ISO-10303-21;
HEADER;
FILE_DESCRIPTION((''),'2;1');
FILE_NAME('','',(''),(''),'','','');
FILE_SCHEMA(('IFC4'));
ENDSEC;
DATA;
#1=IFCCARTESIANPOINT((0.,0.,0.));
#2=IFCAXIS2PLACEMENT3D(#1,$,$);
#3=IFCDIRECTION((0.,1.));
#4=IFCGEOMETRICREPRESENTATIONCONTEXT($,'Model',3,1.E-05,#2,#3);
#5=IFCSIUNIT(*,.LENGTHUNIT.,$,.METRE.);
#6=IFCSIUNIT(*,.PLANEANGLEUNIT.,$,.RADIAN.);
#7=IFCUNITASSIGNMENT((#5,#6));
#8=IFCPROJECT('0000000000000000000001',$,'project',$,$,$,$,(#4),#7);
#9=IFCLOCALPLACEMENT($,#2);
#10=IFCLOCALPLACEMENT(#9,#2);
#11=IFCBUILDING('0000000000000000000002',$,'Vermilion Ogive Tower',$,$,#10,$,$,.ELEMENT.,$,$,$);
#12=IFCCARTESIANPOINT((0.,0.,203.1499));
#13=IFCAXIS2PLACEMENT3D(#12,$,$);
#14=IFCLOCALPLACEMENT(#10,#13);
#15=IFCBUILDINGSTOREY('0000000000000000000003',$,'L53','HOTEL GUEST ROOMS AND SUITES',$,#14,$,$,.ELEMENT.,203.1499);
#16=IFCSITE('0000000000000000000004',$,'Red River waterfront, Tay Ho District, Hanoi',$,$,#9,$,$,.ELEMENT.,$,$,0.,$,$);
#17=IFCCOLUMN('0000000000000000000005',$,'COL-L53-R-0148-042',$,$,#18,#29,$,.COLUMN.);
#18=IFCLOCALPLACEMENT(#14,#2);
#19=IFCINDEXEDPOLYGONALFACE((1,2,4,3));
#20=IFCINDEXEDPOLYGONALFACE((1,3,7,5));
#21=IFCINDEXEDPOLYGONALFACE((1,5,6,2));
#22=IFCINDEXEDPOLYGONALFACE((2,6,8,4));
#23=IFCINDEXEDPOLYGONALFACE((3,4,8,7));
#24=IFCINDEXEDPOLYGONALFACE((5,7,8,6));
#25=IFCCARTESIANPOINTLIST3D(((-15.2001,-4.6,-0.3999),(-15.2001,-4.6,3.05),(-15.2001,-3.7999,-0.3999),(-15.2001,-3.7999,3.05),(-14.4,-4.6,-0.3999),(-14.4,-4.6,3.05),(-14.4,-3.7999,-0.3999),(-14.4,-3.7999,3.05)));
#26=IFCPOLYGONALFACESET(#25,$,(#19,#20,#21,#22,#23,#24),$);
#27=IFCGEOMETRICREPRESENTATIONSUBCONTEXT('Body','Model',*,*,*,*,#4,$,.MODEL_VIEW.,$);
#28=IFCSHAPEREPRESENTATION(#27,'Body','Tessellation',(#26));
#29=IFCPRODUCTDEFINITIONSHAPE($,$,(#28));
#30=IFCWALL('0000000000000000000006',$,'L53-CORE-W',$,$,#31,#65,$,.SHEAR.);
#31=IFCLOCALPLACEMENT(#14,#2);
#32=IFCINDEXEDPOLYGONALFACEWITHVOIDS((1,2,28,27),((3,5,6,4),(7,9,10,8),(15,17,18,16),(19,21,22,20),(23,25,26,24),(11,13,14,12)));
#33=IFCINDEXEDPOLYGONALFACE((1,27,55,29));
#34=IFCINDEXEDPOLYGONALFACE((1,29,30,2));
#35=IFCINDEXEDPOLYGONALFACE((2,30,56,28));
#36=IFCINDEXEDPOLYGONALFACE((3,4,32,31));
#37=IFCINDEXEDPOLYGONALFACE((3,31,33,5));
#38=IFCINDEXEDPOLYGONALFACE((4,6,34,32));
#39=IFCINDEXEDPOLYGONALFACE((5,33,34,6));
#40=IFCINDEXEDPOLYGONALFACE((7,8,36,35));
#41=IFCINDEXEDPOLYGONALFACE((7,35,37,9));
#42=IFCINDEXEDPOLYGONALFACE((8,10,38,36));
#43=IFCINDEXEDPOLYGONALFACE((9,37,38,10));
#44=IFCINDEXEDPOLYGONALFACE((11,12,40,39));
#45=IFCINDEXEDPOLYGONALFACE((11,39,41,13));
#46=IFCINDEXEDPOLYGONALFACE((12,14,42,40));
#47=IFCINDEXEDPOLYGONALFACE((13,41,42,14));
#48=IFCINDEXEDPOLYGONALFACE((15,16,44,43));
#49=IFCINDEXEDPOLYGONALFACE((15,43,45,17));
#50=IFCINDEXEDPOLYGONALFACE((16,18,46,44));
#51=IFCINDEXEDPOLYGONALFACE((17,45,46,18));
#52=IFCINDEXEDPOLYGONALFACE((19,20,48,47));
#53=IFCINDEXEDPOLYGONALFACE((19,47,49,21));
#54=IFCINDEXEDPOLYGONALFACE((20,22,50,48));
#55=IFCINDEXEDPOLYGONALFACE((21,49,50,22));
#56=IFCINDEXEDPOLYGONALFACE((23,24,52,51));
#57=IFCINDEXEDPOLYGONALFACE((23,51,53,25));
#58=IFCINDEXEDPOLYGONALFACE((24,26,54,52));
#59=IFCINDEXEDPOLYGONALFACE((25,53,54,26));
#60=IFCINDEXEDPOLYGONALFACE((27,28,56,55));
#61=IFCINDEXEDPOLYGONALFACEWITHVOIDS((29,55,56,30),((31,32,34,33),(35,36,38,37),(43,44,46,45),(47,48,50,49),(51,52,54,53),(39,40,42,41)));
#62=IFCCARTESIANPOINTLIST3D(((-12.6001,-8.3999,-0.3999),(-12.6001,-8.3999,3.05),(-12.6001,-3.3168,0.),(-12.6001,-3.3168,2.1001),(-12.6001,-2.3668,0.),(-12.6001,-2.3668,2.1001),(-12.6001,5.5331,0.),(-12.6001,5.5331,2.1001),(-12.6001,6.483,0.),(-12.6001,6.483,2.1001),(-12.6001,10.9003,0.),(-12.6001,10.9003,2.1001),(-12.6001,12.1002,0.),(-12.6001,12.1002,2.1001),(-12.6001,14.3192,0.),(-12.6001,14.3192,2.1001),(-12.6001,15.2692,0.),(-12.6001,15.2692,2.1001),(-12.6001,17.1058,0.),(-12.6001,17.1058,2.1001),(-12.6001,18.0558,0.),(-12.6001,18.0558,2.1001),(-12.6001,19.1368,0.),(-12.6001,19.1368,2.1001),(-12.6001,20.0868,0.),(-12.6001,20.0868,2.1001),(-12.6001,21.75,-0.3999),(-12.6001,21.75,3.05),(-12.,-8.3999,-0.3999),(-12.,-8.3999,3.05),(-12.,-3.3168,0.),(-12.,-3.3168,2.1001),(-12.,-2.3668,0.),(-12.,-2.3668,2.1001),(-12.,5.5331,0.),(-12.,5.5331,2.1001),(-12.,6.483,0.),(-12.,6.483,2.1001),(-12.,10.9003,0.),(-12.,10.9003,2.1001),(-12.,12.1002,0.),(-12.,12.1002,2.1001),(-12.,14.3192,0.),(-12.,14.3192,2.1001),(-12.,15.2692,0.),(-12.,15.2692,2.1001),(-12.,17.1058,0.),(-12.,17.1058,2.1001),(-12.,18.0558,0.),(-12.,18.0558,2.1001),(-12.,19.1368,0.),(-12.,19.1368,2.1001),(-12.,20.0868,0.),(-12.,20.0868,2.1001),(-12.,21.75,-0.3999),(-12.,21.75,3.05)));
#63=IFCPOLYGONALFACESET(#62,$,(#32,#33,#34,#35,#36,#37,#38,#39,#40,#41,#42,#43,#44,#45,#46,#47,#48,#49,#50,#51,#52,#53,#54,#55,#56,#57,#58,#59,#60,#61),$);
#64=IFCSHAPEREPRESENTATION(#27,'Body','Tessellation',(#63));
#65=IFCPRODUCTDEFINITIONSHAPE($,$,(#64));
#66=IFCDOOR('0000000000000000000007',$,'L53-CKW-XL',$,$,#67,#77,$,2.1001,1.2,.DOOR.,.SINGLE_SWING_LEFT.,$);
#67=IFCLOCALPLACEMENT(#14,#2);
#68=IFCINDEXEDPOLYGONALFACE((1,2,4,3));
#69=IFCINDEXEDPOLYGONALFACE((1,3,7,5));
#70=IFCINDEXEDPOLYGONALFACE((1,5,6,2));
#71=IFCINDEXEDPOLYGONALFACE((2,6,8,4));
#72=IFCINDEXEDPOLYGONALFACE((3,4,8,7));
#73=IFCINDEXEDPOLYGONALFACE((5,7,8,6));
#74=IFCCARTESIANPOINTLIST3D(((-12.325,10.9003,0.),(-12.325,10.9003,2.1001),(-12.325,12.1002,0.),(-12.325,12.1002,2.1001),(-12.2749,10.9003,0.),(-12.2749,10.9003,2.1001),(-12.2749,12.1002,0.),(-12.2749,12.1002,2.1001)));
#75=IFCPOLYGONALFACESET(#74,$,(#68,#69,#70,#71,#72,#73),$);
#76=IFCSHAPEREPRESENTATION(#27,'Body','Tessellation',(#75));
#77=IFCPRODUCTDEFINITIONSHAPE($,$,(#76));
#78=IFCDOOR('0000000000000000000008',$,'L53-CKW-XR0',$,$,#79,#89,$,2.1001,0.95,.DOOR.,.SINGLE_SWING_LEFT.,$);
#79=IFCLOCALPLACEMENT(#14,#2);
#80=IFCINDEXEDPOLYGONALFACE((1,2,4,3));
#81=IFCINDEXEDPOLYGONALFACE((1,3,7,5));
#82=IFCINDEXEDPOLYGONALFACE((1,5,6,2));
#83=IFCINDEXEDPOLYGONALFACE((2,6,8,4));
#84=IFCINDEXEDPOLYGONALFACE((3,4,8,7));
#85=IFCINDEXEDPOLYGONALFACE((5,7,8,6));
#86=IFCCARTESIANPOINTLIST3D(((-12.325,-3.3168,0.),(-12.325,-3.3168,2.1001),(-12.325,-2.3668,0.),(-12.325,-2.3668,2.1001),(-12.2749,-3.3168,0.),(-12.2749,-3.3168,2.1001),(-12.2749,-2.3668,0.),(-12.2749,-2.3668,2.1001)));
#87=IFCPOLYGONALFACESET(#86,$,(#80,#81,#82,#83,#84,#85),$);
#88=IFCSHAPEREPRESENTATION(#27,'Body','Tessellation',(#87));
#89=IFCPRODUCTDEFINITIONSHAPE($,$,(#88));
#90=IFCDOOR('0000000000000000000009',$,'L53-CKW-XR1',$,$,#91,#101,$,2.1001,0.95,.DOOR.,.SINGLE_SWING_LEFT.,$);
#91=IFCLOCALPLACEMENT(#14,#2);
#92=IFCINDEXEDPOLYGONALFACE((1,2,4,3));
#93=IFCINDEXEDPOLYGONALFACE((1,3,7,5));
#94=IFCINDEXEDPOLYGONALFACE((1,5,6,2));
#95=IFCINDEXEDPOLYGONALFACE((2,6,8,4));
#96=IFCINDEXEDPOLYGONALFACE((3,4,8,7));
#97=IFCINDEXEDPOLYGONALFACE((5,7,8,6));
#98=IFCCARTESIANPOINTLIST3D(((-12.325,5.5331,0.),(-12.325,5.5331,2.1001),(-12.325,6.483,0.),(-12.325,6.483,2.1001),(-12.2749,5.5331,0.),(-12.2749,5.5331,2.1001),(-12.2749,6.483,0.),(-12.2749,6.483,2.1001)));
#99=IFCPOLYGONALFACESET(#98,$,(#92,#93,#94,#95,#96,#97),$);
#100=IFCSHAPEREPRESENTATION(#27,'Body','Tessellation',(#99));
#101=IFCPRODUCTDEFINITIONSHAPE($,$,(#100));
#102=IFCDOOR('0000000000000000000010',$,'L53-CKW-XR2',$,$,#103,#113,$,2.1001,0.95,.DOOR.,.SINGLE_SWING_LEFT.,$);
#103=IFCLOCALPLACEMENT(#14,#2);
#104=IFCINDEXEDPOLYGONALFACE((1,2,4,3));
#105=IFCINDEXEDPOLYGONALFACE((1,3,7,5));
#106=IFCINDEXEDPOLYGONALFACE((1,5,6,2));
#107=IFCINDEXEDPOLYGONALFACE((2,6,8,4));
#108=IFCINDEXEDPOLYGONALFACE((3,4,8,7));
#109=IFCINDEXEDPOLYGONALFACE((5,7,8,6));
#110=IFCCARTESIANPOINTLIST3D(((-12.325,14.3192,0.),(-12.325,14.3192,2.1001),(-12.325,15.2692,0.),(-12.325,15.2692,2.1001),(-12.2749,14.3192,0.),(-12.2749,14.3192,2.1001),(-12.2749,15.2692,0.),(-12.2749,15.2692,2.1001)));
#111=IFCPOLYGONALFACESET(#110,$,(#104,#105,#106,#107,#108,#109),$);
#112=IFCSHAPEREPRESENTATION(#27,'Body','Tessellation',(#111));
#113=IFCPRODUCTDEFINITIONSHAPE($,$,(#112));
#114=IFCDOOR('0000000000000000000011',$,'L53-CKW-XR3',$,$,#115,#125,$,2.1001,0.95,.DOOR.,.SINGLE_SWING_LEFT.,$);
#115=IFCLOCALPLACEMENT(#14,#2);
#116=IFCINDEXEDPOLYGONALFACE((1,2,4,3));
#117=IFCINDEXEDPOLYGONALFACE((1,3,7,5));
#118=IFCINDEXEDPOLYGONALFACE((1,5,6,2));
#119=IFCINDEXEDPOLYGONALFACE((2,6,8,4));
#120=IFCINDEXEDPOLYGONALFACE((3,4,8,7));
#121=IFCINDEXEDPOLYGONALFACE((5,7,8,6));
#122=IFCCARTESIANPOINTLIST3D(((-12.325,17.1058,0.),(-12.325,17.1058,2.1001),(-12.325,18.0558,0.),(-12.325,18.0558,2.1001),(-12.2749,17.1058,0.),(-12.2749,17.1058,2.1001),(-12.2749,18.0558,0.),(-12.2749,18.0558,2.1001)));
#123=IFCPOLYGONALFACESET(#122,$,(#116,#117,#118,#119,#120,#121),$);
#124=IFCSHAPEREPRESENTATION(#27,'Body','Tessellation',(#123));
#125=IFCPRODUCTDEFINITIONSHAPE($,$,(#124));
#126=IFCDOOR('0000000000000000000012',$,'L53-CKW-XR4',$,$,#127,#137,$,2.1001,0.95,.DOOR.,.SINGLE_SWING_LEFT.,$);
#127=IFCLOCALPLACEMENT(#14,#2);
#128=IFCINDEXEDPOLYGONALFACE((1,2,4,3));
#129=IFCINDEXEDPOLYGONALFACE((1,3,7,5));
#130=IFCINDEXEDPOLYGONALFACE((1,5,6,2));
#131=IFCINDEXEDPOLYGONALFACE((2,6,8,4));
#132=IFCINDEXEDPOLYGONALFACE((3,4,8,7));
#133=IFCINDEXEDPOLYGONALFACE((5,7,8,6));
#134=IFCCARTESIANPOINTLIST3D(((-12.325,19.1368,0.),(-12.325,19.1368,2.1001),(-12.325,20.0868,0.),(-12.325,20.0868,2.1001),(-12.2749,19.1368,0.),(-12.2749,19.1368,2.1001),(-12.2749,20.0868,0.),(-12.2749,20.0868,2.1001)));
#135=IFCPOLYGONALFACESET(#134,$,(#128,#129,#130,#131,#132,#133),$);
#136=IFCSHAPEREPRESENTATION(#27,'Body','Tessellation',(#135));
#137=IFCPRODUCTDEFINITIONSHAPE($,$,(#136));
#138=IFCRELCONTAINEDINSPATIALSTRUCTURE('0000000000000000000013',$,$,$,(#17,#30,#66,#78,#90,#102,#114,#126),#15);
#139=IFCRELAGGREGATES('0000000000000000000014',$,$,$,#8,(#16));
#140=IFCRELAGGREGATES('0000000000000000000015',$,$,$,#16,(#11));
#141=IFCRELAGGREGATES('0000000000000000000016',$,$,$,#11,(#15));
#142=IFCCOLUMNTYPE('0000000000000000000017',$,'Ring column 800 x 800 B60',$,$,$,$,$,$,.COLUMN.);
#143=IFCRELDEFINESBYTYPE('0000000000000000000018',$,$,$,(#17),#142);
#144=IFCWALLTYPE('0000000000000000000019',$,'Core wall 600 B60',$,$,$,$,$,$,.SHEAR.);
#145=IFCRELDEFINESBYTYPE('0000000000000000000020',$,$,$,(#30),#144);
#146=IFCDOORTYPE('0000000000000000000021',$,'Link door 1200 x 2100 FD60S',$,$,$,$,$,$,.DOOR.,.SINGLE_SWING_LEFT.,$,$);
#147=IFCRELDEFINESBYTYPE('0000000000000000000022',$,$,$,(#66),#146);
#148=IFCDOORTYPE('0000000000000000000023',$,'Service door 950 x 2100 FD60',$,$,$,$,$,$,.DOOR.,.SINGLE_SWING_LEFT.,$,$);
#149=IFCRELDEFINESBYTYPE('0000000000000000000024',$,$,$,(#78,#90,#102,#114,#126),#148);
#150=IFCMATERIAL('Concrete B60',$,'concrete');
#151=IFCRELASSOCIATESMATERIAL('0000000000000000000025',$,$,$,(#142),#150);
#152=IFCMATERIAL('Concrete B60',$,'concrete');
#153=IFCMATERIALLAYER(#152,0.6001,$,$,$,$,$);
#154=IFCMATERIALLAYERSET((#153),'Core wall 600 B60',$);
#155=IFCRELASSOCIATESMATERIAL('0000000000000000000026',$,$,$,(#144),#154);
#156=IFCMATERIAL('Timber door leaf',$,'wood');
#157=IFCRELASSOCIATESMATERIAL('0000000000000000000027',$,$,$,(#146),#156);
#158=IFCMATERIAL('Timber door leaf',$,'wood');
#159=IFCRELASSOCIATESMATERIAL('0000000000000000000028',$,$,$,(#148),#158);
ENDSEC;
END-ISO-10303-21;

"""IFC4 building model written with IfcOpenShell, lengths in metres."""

from ifc_helpers import new_model, si_unit, direction, frame, frame_2d, origin, origin_2d, place, context, subcontext, project, spatial, rectangle, extrude, material, layer, layer_set, material_profile, profile_set, type_object, element, fill, save


model = new_model("IFC4")

# Units and contexts
model_context = context("Model", 3, precision=1e-05, world=origin(), true_north=direction((0.0, 1.0)))
body_context = subcontext(model_context, "Body", "Model", "MODEL_VIEW")
ifc_project = project(units=[si_unit("LENGTHUNIT", "METRE"), si_unit("PLANEANGLEUNIT", "RADIAN")], contexts=[model_context])

# Site, building, storey
site_placement = place(None, origin())
site = spatial("IfcSite", under=ifc_project, at=site_placement, Name="Red River waterfront, Tay Ho District, Hanoi", CompositionType="ELEMENT", RefElevation=0.0)
building_placement = place(site_placement, origin())
building = spatial("IfcBuilding", under=site, at=building_placement, Name="Vermilion Ogive Tower", CompositionType="ELEMENT")
storey_placement = place(building_placement, frame((0.0, 0.0, 203.1499)))
storey = spatial("IfcBuildingStorey", under=building, at=storey_placement, Name="L53", Description="HOTEL GUEST ROOMS AND SUITES", CompositionType="ELEMENT", Elevation=203.1499)

# Column
ifc_material_1 = material(Name="Concrete B60", Category="concrete")
ifc_material_profile = material_profile(ifc_material_1, rectangle(XDim=0.8, YDim=0.8, at=origin_2d()), Name="800 x 800")
ifc_profile_set = profile_set([ifc_material_profile], Name="Concrete B60")
column_type = type_object("IfcColumnType", Name="Ring column 800 x 800 B60", PredefinedType="COLUMN", material=ifc_profile_set)
column_placement = place(storey_placement, frame((-14.8, -4.2, -0.3999), z_axis=(0.0, 0.0, 1.0), x_axis=(1.0, 0.0, 0.0)))
element("IfcColumn", 1, at=column_placement, inside=storey, type_object=column_type, Name="COL-L53-R-0148-042", PredefinedType="COLUMN", context=body_context, shape_type="SweptSolid", body=[
    extrude(rectangle(XDim=0.8, YDim=0.8, at=origin_2d()), origin(), (0.0, 0.0, 1.0), 3.45),
])

# Wall, openings, doors
ifc_material_2 = material(Name="Concrete B60", Category="concrete")
ifc_layer_1 = layer(ifc_material_2, 0.6001)
ifc_layer_set_1 = layer_set([ifc_layer_1], Name="Core wall 600 B60")
wall_type_1 = type_object("IfcWallType", Name="Core wall 600 B60", PredefinedType="SHEAR", material=ifc_layer_set_1)
wall_1_placement = place(storey_placement, frame((-12.3, -8.3999, -0.3999), z_axis=(0.0, 0.0, 1.0), x_axis=(0.0, 1.0, 0.0)))
wall_1 = element("IfcWall", 2, at=wall_1_placement, inside=storey, type_object=wall_type_1, Name="L53-CORE-W", PredefinedType="SHEAR", context=body_context, shape_type="SweptSolid", body=[
    extrude(rectangle(XDim=30.1499, YDim=0.6001, at=frame_2d((15.075, 0.0))), origin(), (0.0, 0.0, 1.0), 3.45),
])
opening_1_placement = place(wall_1_placement, frame((5.083, 0.0, 0.3999)))
opening_1 = element("IfcOpeningElement", 3, at=opening_1_placement, cuts=wall_1, PredefinedType="OPENING", context=body_context, shape_type="SweptSolid", body=[
    extrude(rectangle(XDim=0.95, YDim=2.1001, at=frame_2d((0.4751, 1.05))), frame((0.0, 0.3101, 0.0), z_axis=(0.0, -1.0, 0.0), x_axis=(1.0, 0.0, 0.0)), (0.0, 0.0, 1.0), 0.6201),
])
opening_2_placement = place(wall_1_placement, frame((13.9329, 0.0, 0.3999)))
opening_2 = element("IfcOpeningElement", 4, at=opening_2_placement, cuts=wall_1, PredefinedType="OPENING", context=body_context, shape_type="SweptSolid", body=[
    extrude(rectangle(XDim=0.95, YDim=2.1001, at=frame_2d((0.4751, 1.05))), frame((0.0, 0.3101, 0.0), z_axis=(0.0, -1.0, 0.0), x_axis=(1.0, 0.0, 0.0)), (0.0, 0.0, 1.0), 0.6201),
])
opening_3_placement = place(wall_1_placement, frame((22.719, 0.0, 0.3999)))
opening_3 = element("IfcOpeningElement", 5, at=opening_3_placement, cuts=wall_1, PredefinedType="OPENING", context=body_context, shape_type="SweptSolid", body=[
    extrude(rectangle(XDim=0.95, YDim=2.1001, at=frame_2d((0.4751, 1.05))), frame((0.0, 0.3101, 0.0), z_axis=(0.0, -1.0, 0.0), x_axis=(1.0, 0.0, 0.0)), (0.0, 0.0, 1.0), 0.6201),
])
opening_4_placement = place(wall_1_placement, frame((25.5056, 0.0, 0.3999)))
opening_4 = element("IfcOpeningElement", 6, at=opening_4_placement, cuts=wall_1, PredefinedType="OPENING", context=body_context, shape_type="SweptSolid", body=[
    extrude(rectangle(XDim=0.95, YDim=2.1001, at=frame_2d((0.4751, 1.05))), frame((0.0, 0.3101, 0.0), z_axis=(0.0, -1.0, 0.0), x_axis=(1.0, 0.0, 0.0)), (0.0, 0.0, 1.0), 0.6201),
])
opening_5_placement = place(wall_1_placement, frame((27.5366, 0.0, 0.3999)))
opening_5 = element("IfcOpeningElement", 7, at=opening_5_placement, cuts=wall_1, PredefinedType="OPENING", context=body_context, shape_type="SweptSolid", body=[
    extrude(rectangle(XDim=0.95, YDim=2.1001, at=frame_2d((0.4751, 1.05))), frame((0.0, 0.3101, 0.0), z_axis=(0.0, -1.0, 0.0), x_axis=(1.0, 0.0, 0.0)), (0.0, 0.0, 1.0), 0.6201),
])
opening_6_placement = place(wall_1_placement, frame((19.3, 0.0, 0.3999)))
opening_6 = element("IfcOpeningElement", 8, at=opening_6_placement, cuts=wall_1, PredefinedType="OPENING", context=body_context, shape_type="SweptSolid", body=[
    extrude(rectangle(XDim=1.2, YDim=2.1001, at=frame_2d((0.6001, 1.05))), frame((0.0, 0.3101, 0.0), z_axis=(0.0, -1.0, 0.0), x_axis=(1.0, 0.0, 0.0)), (0.0, 0.0, 1.0), 0.6201),
])
ifc_material_3 = material(Name="Timber door leaf", Category="wood")
door_type_1 = type_object("IfcDoorType", Name="Link door 1200 x 2100 FD60S", OperationType="SINGLE_SWING_LEFT", PredefinedType="DOOR", material=ifc_material_3)
door_1_placement = place(opening_6_placement, origin())
door_1 = element("IfcDoor", 9, at=door_1_placement, inside=storey, type_object=door_type_1, Name="L53-CKW-XL", OperationType="SINGLE_SWING_LEFT", OverallHeight=2.1001, OverallWidth=1.2, PredefinedType="DOOR", context=body_context, shape_type="SweptSolid", body=[
    extrude(rectangle(XDim=1.2, YDim=2.1001, at=frame_2d((0.6001, 1.05))), frame((0.0, 0.0249, 0.0), z_axis=(0.0, -1.0, 0.0), x_axis=(1.0, 0.0, 0.0)), (0.0, 0.0, 1.0), 0.05),
])
fill(opening_6, door_1)
ifc_material_4 = material(Name="Timber door leaf", Category="wood")
door_type_2 = type_object("IfcDoorType", Name="Service door 950 x 2100 FD60", OperationType="SINGLE_SWING_LEFT", PredefinedType="DOOR", material=ifc_material_4)
door_2_placement = place(opening_1_placement, origin())
door_2 = element("IfcDoor", 10, at=door_2_placement, inside=storey, type_object=door_type_2, Name="L53-CKW-XR0", OperationType="SINGLE_SWING_LEFT", OverallHeight=2.1001, OverallWidth=0.95, PredefinedType="DOOR", context=body_context, shape_type="SweptSolid", body=[
    extrude(rectangle(XDim=0.95, YDim=2.1001, at=frame_2d((0.4751, 1.05))), frame((0.0, 0.0249, 0.0), z_axis=(0.0, -1.0, 0.0), x_axis=(1.0, 0.0, 0.0)), (0.0, 0.0, 1.0), 0.05),
])
fill(opening_1, door_2)
door_3_placement = place(opening_2_placement, origin())
door_3 = element("IfcDoor", 11, at=door_3_placement, inside=storey, type_object=door_type_2, Name="L53-CKW-XR1", OperationType="SINGLE_SWING_LEFT", OverallHeight=2.1001, OverallWidth=0.95, PredefinedType="DOOR", context=body_context, shape_type="SweptSolid", body=[
    extrude(rectangle(XDim=0.95, YDim=2.1001, at=frame_2d((0.4751, 1.05))), frame((0.0, 0.0249, 0.0), z_axis=(0.0, -1.0, 0.0), x_axis=(1.0, 0.0, 0.0)), (0.0, 0.0, 1.0), 0.05),
])
fill(opening_2, door_3)
door_4_placement = place(opening_3_placement, origin())
door_4 = element("IfcDoor", 12, at=door_4_placement, inside=storey, type_object=door_type_2, Name="L53-CKW-XR2", OperationType="SINGLE_SWING_LEFT", OverallHeight=2.1001, OverallWidth=0.95, PredefinedType="DOOR", context=body_context, shape_type="SweptSolid", body=[
    extrude(rectangle(XDim=0.95, YDim=2.1001, at=frame_2d((0.4751, 1.05))), frame((0.0, 0.0249, 0.0), z_axis=(0.0, -1.0, 0.0), x_axis=(1.0, 0.0, 0.0)), (0.0, 0.0, 1.0), 0.05),
])
fill(opening_3, door_4)
door_5_placement = place(opening_4_placement, origin())
door_5 = element("IfcDoor", 13, at=door_5_placement, inside=storey, type_object=door_type_2, Name="L53-CKW-XR3", OperationType="SINGLE_SWING_LEFT", OverallHeight=2.1001, OverallWidth=0.95, PredefinedType="DOOR", context=body_context, shape_type="SweptSolid", body=[
    extrude(rectangle(XDim=0.95, YDim=2.1001, at=frame_2d((0.4751, 1.05))), frame((0.0, 0.0249, 0.0), z_axis=(0.0, -1.0, 0.0), x_axis=(1.0, 0.0, 0.0)), (0.0, 0.0, 1.0), 0.05),
])
fill(opening_4, door_5)
door_6_placement = place(opening_5_placement, origin())
door_6 = element("IfcDoor", 14, at=door_6_placement, inside=storey, type_object=door_type_2, Name="L53-CKW-XR4", OperationType="SINGLE_SWING_LEFT", OverallHeight=2.1001, OverallWidth=0.95, PredefinedType="DOOR", context=body_context, shape_type="SweptSolid", body=[
    extrude(rectangle(XDim=0.95, YDim=2.1001, at=frame_2d((0.4751, 1.05))), frame((0.0, 0.0249, 0.0), z_axis=(0.0, -1.0, 0.0), x_axis=(1.0, 0.0, 0.0)), (0.0, 0.0, 1.0), 0.05),
])
fill(opening_5, door_6)

save(model, "model.ifc")
